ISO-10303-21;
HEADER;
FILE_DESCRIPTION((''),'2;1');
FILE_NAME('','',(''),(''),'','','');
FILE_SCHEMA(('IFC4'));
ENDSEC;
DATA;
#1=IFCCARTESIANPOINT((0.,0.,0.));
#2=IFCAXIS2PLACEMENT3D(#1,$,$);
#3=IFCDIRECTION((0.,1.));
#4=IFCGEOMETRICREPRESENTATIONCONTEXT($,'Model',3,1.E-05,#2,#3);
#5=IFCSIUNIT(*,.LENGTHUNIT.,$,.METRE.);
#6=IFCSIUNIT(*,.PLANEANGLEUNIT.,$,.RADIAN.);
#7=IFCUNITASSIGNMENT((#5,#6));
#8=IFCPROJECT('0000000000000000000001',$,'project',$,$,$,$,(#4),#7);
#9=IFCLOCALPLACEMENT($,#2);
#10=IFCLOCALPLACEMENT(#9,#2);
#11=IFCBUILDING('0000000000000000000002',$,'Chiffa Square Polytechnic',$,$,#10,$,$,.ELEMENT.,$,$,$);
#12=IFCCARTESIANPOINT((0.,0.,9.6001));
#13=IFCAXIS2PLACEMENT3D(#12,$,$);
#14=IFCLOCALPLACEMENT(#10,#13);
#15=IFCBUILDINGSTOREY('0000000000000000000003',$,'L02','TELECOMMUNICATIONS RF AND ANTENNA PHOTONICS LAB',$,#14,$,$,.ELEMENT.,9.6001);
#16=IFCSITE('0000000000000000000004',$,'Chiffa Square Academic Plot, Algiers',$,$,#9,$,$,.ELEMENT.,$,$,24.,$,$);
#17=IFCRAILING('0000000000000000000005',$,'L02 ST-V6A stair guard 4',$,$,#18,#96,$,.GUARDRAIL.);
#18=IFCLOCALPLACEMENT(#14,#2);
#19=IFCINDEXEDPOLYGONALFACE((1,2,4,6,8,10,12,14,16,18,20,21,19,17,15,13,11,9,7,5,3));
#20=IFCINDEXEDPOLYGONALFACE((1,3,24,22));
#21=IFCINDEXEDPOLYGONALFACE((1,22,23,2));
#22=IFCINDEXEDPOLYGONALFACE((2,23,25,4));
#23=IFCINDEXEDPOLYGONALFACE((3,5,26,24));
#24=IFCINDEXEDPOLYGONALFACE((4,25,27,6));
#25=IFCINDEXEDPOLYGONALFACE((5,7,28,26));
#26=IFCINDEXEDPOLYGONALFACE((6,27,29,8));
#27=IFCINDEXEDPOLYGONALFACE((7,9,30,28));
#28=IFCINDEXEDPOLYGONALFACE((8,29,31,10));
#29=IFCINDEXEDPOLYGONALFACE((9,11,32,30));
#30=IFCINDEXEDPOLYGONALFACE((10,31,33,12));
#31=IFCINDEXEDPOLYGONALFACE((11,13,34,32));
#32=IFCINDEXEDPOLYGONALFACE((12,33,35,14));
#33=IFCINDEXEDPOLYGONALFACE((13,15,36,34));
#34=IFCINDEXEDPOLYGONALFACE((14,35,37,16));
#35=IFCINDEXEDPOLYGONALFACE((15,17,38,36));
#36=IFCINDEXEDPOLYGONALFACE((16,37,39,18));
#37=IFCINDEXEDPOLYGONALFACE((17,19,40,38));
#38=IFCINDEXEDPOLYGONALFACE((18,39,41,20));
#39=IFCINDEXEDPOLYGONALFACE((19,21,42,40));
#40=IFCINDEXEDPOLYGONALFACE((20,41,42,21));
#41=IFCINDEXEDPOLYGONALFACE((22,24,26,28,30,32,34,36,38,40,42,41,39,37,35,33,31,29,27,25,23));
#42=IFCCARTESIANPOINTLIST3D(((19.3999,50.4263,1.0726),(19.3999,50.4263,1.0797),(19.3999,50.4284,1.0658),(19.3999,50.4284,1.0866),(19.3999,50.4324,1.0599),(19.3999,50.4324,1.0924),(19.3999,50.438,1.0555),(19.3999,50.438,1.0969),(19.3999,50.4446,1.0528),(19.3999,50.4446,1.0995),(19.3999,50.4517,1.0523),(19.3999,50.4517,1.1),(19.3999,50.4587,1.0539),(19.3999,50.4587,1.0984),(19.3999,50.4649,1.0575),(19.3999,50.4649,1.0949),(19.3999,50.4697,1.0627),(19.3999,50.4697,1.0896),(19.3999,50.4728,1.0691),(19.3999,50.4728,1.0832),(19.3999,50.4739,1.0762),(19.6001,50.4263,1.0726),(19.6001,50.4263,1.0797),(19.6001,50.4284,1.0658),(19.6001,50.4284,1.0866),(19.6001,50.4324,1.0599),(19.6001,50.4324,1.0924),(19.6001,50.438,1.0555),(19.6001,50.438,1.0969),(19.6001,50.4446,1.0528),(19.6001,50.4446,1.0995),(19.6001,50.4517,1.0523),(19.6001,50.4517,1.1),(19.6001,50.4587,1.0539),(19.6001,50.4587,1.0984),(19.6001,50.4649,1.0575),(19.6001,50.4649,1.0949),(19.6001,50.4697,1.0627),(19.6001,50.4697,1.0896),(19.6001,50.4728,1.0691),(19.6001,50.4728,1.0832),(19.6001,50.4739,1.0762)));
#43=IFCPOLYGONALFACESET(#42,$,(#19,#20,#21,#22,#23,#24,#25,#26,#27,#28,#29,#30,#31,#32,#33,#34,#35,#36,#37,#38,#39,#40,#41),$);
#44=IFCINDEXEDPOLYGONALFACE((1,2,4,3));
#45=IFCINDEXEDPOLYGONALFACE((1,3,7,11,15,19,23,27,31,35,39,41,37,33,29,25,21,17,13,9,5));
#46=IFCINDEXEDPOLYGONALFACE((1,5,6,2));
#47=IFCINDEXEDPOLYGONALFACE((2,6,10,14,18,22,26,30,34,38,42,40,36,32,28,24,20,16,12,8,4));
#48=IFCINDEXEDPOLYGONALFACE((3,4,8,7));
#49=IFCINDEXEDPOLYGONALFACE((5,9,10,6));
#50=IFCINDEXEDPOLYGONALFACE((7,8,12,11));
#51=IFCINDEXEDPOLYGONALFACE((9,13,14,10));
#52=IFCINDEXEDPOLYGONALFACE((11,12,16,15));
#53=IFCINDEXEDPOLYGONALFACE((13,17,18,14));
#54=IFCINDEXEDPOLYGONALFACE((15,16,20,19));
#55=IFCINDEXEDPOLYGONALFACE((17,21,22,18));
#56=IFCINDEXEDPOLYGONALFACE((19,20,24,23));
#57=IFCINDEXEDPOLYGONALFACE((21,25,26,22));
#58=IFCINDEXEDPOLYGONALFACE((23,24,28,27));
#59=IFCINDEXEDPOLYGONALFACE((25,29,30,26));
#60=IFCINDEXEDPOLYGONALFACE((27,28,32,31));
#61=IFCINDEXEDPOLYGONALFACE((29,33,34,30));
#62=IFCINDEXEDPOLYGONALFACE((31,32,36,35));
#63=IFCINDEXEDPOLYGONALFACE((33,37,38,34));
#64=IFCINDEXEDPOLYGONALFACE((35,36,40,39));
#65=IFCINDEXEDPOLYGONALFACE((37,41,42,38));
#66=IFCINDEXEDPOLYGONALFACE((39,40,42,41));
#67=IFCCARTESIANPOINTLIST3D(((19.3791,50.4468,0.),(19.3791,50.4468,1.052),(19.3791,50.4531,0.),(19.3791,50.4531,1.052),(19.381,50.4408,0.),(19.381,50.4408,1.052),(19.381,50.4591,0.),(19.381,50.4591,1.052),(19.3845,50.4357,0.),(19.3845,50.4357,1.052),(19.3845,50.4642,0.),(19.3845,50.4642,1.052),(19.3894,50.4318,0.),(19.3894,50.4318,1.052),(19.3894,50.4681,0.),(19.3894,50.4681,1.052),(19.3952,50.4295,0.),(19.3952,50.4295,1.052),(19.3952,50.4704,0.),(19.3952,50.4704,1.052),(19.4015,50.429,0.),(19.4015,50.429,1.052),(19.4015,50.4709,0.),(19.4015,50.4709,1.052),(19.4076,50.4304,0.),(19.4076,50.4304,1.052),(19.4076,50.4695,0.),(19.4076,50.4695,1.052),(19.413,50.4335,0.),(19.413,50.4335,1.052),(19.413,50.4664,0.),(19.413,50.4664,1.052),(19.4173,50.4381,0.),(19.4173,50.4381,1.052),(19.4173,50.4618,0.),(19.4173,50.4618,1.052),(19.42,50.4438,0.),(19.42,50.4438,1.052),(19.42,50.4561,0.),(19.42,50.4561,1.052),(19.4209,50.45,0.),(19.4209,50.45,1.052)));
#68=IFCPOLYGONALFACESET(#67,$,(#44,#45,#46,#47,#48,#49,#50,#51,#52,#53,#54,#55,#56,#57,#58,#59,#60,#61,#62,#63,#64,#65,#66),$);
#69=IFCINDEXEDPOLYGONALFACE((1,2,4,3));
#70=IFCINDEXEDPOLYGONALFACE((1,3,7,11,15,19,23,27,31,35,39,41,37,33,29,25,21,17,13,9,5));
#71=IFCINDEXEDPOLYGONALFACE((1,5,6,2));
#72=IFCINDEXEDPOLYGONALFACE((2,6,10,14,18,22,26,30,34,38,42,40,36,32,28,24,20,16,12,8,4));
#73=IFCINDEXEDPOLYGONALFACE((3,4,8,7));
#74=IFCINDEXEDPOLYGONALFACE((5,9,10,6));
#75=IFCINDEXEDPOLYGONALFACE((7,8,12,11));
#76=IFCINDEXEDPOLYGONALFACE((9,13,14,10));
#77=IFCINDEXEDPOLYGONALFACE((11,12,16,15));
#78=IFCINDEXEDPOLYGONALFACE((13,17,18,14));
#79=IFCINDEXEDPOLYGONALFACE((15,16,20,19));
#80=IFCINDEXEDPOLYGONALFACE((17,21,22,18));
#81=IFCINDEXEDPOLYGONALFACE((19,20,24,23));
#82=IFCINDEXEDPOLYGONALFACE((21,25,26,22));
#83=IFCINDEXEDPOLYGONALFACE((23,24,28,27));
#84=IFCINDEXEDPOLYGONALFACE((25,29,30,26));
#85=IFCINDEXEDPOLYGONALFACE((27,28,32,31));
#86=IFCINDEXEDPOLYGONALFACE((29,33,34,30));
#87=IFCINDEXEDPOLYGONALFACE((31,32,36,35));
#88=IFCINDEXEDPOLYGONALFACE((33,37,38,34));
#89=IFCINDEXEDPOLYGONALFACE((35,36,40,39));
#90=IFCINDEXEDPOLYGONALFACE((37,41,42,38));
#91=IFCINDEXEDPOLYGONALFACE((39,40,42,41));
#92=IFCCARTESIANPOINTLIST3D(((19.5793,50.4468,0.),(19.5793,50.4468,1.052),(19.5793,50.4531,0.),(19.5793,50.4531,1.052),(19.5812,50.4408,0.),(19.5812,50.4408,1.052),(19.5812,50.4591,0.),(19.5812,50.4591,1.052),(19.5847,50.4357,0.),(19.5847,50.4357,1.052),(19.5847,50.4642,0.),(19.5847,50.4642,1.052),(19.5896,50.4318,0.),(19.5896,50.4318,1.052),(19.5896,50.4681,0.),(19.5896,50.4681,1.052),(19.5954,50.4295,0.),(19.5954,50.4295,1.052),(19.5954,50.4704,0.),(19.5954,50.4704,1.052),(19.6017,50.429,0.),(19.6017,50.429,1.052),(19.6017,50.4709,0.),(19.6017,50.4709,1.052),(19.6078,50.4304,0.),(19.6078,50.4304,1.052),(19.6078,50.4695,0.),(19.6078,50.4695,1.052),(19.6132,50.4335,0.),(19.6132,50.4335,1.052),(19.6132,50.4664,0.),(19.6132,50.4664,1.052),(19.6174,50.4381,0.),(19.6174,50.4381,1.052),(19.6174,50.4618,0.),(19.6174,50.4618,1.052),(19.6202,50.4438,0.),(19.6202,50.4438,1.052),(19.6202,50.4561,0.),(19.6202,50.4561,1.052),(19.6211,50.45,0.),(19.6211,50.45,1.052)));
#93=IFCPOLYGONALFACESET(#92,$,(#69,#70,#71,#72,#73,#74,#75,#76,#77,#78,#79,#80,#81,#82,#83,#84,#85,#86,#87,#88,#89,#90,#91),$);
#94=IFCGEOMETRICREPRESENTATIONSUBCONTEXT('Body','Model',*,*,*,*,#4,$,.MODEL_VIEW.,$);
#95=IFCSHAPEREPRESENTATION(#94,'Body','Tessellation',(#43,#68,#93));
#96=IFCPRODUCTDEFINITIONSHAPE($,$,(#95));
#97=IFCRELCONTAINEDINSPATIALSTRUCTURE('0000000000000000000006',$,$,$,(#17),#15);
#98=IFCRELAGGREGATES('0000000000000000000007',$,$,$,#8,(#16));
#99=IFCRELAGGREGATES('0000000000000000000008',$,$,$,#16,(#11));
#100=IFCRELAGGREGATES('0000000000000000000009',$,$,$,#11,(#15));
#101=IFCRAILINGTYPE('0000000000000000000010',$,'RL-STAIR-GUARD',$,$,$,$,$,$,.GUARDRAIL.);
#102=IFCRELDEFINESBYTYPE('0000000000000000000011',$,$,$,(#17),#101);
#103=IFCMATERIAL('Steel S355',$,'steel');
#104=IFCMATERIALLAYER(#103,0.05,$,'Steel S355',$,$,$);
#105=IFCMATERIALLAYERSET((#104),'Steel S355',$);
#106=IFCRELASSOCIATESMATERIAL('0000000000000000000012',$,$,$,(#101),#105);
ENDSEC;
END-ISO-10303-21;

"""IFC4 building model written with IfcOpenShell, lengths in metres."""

from ifc_helpers import new_model, si_unit, direction, frame, origin, origin_2d, place, context, subcontext, project, spatial, circle, extrude, material, layer, layer_set, type_object, element, save


model = new_model("IFC4")

# Units and contexts
model_context = context("Model", 3, precision=1e-05, world=origin(), true_north=direction((0.0, 1.0)))
body_context = subcontext(model_context, "Body", "Model", "MODEL_VIEW")
ifc_project = project(units=[si_unit("LENGTHUNIT", "METRE"), si_unit("PLANEANGLEUNIT", "RADIAN")], contexts=[model_context])

# Site, building, storey
site_placement = place(None, origin())
site = spatial("IfcSite", under=ifc_project, at=site_placement, Name="Chiffa Square Academic Plot, Algiers", CompositionType="ELEMENT", RefElevation=24.0)
building_placement = place(site_placement, origin())
building = spatial("IfcBuilding", under=site, at=building_placement, Name="Chiffa Square Polytechnic", CompositionType="ELEMENT")
storey_placement = place(building_placement, frame((0.0, 0.0, 9.6001)))
storey = spatial("IfcBuildingStorey", under=building, at=storey_placement, Name="L02", Description="TELECOMMUNICATIONS RF AND ANTENNA PHOTONICS LAB", CompositionType="ELEMENT", Elevation=9.6001)

# Railing
ifc_material_1 = material(Name="Steel S355", Category="steel")
ifc_layer_1 = layer(ifc_material_1, 0.05, Name="Steel S355")
ifc_layer_set_1 = layer_set([ifc_layer_1], Name="Steel S355")
railing_type_1 = type_object("IfcRailingType", Name="RL-STAIR-GUARD", PredefinedType="GUARDRAIL", material=ifc_layer_set_1)
railing_1_placement = place(storey_placement, frame((19.3999, 50.45, 0.0)))
element("IfcRailing", 1, at=railing_1_placement, inside=storey, type_object=railing_type_1, Name="L02 ST-V6A stair guard 4", PredefinedType="GUARDRAIL", context=body_context, shape_type="SweptSolid", body=[
    extrude(circle(Radius=0.0239, at=origin_2d()), frame((0.0, 0.0, 1.0762), z_axis=(1.0, 0.0, 0.0), x_axis=(0.0, 1.0, 0.0)), (0.0, 0.0, 1.0), 0.2002),
    extrude(circle(Radius=0.021, at=origin_2d()), origin(), (0.0, 0.0, 1.0), 1.052),
    extrude(circle(Radius=0.021, at=origin_2d()), frame((0.2002, 0.0, 0.0)), (0.0, 0.0, 1.0), 1.052),
])

save(model, "model.ifc")
